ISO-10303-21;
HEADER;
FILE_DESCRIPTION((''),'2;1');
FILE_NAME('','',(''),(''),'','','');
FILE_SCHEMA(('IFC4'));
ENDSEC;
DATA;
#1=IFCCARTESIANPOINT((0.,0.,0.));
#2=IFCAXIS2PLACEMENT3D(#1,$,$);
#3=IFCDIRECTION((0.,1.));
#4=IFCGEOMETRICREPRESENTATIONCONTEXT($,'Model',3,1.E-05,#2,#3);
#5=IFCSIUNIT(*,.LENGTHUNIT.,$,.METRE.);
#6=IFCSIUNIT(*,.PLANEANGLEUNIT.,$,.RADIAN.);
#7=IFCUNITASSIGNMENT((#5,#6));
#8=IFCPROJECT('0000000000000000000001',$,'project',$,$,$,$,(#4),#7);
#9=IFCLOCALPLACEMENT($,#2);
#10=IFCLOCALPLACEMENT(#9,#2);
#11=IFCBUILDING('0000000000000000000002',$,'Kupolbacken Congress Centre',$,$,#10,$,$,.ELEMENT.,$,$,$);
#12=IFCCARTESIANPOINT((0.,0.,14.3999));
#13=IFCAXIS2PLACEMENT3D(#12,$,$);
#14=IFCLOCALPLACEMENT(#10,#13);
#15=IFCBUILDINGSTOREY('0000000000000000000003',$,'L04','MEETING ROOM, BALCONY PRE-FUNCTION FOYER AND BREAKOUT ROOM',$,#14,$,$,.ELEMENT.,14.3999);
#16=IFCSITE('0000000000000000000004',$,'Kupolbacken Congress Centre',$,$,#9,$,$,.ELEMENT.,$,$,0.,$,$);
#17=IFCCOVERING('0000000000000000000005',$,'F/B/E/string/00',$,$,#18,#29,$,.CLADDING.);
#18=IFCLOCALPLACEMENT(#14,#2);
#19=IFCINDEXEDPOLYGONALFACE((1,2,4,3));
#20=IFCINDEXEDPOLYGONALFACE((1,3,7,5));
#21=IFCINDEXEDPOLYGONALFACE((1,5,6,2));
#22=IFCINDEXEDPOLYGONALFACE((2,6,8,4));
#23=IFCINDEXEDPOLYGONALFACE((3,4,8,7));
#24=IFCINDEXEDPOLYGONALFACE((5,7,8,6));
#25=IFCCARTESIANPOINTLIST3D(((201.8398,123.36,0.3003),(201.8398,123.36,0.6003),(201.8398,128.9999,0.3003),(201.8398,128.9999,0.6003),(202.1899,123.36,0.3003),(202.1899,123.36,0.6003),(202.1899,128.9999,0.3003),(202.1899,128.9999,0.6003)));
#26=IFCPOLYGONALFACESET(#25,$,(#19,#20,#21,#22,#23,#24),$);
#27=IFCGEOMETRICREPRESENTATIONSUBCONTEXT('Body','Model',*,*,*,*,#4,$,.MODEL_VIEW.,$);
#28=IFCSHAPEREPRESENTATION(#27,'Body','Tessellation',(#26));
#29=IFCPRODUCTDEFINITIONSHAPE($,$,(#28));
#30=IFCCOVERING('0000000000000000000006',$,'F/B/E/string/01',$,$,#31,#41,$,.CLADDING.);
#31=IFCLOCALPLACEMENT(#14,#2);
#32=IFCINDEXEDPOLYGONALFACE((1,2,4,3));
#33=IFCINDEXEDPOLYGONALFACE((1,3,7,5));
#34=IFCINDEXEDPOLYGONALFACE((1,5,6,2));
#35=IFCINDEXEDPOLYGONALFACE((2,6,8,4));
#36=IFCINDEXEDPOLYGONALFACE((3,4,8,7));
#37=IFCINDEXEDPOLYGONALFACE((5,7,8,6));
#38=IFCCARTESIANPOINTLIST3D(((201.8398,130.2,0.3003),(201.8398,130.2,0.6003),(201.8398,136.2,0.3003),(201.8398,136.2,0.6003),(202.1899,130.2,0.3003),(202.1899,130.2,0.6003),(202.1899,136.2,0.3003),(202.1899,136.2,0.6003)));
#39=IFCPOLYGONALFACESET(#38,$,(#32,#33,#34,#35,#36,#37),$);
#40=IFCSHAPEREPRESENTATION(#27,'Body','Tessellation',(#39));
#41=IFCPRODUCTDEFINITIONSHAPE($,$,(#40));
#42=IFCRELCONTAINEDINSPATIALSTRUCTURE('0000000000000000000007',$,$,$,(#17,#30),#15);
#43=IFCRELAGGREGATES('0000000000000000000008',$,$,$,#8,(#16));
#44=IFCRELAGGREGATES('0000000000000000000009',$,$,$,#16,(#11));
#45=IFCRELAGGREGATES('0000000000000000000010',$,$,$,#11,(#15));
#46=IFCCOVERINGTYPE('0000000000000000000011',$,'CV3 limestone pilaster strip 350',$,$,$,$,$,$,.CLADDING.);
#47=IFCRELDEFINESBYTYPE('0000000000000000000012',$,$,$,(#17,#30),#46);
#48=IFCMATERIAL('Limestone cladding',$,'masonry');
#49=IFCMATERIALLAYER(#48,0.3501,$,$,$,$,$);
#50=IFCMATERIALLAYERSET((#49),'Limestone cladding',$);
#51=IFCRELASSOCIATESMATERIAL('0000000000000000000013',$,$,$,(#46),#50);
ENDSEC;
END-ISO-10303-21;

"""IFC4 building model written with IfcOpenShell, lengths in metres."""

from ifc_helpers import new_model, si_unit, direction, frame, origin, origin_2d, place, context, subcontext, project, spatial, rectangle, extrude, material, layer, layer_set, type_object, element, save


model = new_model("IFC4")

# Units and contexts
model_context = context("Model", 3, precision=1e-05, world=origin(), true_north=direction((0.0, 1.0)))
body_context = subcontext(model_context, "Body", "Model", "MODEL_VIEW")
ifc_project = project(units=[si_unit("LENGTHUNIT", "METRE"), si_unit("PLANEANGLEUNIT", "RADIAN")], contexts=[model_context])

# Site, building, storey
site_placement = place(None, origin())
site = spatial("IfcSite", under=ifc_project, at=site_placement, Name="Kupolbacken Congress Centre", CompositionType="ELEMENT", RefElevation=0.0)
building_placement = place(site_placement, origin())
building = spatial("IfcBuilding", under=site, at=building_placement, Name="Kupolbacken Congress Centre", CompositionType="ELEMENT")
storey_placement = place(building_placement, frame((0.0, 0.0, 14.3999)))
storey = spatial("IfcBuildingStorey", under=building, at=storey_placement, Name="L04", Description="MEETING ROOM, BALCONY PRE-FUNCTION FOYER AND BREAKOUT ROOM", CompositionType="ELEMENT", Elevation=14.3999)

# Coverings
ifc_material_1 = material(Name="Limestone cladding", Category="masonry")
ifc_layer = layer(ifc_material_1, 0.3501)
ifc_layer_set = layer_set([ifc_layer], Name="Limestone cladding")
covering_type = type_object("IfcCoveringType", Name="CV3 limestone pilaster strip 350", PredefinedType="CLADDING", material=ifc_layer_set)
covering_1_placement = place(storey_placement, frame((202.0149, 126.1799, 0.3003), z_axis=(0.0, 0.0, 1.0), x_axis=(0.0, 1.0, 0.0)))
element("IfcCovering", 1, at=covering_1_placement, inside=storey, type_object=covering_type, Name="F/B/E/string/00", PredefinedType="CLADDING", context=body_context, shape_type="SweptSolid", body=[
    extrude(rectangle(XDim=5.6399, YDim=0.3501, at=origin_2d()), origin(), (0.0, 0.0, 1.0), 0.3),
])
covering_2_placement = place(storey_placement, frame((202.0149, 133.2, 0.3003), z_axis=(0.0, 0.0, 1.0), x_axis=(0.0, 1.0, 0.0)))
element("IfcCovering", 2, at=covering_2_placement, inside=storey, type_object=covering_type, Name="F/B/E/string/01", PredefinedType="CLADDING", context=body_context, shape_type="SweptSolid", body=[
    extrude(rectangle(XDim=6.0, YDim=0.3501, at=origin_2d()), origin(), (0.0, 0.0, 1.0), 0.3),
])

save(model, "model.ifc")
